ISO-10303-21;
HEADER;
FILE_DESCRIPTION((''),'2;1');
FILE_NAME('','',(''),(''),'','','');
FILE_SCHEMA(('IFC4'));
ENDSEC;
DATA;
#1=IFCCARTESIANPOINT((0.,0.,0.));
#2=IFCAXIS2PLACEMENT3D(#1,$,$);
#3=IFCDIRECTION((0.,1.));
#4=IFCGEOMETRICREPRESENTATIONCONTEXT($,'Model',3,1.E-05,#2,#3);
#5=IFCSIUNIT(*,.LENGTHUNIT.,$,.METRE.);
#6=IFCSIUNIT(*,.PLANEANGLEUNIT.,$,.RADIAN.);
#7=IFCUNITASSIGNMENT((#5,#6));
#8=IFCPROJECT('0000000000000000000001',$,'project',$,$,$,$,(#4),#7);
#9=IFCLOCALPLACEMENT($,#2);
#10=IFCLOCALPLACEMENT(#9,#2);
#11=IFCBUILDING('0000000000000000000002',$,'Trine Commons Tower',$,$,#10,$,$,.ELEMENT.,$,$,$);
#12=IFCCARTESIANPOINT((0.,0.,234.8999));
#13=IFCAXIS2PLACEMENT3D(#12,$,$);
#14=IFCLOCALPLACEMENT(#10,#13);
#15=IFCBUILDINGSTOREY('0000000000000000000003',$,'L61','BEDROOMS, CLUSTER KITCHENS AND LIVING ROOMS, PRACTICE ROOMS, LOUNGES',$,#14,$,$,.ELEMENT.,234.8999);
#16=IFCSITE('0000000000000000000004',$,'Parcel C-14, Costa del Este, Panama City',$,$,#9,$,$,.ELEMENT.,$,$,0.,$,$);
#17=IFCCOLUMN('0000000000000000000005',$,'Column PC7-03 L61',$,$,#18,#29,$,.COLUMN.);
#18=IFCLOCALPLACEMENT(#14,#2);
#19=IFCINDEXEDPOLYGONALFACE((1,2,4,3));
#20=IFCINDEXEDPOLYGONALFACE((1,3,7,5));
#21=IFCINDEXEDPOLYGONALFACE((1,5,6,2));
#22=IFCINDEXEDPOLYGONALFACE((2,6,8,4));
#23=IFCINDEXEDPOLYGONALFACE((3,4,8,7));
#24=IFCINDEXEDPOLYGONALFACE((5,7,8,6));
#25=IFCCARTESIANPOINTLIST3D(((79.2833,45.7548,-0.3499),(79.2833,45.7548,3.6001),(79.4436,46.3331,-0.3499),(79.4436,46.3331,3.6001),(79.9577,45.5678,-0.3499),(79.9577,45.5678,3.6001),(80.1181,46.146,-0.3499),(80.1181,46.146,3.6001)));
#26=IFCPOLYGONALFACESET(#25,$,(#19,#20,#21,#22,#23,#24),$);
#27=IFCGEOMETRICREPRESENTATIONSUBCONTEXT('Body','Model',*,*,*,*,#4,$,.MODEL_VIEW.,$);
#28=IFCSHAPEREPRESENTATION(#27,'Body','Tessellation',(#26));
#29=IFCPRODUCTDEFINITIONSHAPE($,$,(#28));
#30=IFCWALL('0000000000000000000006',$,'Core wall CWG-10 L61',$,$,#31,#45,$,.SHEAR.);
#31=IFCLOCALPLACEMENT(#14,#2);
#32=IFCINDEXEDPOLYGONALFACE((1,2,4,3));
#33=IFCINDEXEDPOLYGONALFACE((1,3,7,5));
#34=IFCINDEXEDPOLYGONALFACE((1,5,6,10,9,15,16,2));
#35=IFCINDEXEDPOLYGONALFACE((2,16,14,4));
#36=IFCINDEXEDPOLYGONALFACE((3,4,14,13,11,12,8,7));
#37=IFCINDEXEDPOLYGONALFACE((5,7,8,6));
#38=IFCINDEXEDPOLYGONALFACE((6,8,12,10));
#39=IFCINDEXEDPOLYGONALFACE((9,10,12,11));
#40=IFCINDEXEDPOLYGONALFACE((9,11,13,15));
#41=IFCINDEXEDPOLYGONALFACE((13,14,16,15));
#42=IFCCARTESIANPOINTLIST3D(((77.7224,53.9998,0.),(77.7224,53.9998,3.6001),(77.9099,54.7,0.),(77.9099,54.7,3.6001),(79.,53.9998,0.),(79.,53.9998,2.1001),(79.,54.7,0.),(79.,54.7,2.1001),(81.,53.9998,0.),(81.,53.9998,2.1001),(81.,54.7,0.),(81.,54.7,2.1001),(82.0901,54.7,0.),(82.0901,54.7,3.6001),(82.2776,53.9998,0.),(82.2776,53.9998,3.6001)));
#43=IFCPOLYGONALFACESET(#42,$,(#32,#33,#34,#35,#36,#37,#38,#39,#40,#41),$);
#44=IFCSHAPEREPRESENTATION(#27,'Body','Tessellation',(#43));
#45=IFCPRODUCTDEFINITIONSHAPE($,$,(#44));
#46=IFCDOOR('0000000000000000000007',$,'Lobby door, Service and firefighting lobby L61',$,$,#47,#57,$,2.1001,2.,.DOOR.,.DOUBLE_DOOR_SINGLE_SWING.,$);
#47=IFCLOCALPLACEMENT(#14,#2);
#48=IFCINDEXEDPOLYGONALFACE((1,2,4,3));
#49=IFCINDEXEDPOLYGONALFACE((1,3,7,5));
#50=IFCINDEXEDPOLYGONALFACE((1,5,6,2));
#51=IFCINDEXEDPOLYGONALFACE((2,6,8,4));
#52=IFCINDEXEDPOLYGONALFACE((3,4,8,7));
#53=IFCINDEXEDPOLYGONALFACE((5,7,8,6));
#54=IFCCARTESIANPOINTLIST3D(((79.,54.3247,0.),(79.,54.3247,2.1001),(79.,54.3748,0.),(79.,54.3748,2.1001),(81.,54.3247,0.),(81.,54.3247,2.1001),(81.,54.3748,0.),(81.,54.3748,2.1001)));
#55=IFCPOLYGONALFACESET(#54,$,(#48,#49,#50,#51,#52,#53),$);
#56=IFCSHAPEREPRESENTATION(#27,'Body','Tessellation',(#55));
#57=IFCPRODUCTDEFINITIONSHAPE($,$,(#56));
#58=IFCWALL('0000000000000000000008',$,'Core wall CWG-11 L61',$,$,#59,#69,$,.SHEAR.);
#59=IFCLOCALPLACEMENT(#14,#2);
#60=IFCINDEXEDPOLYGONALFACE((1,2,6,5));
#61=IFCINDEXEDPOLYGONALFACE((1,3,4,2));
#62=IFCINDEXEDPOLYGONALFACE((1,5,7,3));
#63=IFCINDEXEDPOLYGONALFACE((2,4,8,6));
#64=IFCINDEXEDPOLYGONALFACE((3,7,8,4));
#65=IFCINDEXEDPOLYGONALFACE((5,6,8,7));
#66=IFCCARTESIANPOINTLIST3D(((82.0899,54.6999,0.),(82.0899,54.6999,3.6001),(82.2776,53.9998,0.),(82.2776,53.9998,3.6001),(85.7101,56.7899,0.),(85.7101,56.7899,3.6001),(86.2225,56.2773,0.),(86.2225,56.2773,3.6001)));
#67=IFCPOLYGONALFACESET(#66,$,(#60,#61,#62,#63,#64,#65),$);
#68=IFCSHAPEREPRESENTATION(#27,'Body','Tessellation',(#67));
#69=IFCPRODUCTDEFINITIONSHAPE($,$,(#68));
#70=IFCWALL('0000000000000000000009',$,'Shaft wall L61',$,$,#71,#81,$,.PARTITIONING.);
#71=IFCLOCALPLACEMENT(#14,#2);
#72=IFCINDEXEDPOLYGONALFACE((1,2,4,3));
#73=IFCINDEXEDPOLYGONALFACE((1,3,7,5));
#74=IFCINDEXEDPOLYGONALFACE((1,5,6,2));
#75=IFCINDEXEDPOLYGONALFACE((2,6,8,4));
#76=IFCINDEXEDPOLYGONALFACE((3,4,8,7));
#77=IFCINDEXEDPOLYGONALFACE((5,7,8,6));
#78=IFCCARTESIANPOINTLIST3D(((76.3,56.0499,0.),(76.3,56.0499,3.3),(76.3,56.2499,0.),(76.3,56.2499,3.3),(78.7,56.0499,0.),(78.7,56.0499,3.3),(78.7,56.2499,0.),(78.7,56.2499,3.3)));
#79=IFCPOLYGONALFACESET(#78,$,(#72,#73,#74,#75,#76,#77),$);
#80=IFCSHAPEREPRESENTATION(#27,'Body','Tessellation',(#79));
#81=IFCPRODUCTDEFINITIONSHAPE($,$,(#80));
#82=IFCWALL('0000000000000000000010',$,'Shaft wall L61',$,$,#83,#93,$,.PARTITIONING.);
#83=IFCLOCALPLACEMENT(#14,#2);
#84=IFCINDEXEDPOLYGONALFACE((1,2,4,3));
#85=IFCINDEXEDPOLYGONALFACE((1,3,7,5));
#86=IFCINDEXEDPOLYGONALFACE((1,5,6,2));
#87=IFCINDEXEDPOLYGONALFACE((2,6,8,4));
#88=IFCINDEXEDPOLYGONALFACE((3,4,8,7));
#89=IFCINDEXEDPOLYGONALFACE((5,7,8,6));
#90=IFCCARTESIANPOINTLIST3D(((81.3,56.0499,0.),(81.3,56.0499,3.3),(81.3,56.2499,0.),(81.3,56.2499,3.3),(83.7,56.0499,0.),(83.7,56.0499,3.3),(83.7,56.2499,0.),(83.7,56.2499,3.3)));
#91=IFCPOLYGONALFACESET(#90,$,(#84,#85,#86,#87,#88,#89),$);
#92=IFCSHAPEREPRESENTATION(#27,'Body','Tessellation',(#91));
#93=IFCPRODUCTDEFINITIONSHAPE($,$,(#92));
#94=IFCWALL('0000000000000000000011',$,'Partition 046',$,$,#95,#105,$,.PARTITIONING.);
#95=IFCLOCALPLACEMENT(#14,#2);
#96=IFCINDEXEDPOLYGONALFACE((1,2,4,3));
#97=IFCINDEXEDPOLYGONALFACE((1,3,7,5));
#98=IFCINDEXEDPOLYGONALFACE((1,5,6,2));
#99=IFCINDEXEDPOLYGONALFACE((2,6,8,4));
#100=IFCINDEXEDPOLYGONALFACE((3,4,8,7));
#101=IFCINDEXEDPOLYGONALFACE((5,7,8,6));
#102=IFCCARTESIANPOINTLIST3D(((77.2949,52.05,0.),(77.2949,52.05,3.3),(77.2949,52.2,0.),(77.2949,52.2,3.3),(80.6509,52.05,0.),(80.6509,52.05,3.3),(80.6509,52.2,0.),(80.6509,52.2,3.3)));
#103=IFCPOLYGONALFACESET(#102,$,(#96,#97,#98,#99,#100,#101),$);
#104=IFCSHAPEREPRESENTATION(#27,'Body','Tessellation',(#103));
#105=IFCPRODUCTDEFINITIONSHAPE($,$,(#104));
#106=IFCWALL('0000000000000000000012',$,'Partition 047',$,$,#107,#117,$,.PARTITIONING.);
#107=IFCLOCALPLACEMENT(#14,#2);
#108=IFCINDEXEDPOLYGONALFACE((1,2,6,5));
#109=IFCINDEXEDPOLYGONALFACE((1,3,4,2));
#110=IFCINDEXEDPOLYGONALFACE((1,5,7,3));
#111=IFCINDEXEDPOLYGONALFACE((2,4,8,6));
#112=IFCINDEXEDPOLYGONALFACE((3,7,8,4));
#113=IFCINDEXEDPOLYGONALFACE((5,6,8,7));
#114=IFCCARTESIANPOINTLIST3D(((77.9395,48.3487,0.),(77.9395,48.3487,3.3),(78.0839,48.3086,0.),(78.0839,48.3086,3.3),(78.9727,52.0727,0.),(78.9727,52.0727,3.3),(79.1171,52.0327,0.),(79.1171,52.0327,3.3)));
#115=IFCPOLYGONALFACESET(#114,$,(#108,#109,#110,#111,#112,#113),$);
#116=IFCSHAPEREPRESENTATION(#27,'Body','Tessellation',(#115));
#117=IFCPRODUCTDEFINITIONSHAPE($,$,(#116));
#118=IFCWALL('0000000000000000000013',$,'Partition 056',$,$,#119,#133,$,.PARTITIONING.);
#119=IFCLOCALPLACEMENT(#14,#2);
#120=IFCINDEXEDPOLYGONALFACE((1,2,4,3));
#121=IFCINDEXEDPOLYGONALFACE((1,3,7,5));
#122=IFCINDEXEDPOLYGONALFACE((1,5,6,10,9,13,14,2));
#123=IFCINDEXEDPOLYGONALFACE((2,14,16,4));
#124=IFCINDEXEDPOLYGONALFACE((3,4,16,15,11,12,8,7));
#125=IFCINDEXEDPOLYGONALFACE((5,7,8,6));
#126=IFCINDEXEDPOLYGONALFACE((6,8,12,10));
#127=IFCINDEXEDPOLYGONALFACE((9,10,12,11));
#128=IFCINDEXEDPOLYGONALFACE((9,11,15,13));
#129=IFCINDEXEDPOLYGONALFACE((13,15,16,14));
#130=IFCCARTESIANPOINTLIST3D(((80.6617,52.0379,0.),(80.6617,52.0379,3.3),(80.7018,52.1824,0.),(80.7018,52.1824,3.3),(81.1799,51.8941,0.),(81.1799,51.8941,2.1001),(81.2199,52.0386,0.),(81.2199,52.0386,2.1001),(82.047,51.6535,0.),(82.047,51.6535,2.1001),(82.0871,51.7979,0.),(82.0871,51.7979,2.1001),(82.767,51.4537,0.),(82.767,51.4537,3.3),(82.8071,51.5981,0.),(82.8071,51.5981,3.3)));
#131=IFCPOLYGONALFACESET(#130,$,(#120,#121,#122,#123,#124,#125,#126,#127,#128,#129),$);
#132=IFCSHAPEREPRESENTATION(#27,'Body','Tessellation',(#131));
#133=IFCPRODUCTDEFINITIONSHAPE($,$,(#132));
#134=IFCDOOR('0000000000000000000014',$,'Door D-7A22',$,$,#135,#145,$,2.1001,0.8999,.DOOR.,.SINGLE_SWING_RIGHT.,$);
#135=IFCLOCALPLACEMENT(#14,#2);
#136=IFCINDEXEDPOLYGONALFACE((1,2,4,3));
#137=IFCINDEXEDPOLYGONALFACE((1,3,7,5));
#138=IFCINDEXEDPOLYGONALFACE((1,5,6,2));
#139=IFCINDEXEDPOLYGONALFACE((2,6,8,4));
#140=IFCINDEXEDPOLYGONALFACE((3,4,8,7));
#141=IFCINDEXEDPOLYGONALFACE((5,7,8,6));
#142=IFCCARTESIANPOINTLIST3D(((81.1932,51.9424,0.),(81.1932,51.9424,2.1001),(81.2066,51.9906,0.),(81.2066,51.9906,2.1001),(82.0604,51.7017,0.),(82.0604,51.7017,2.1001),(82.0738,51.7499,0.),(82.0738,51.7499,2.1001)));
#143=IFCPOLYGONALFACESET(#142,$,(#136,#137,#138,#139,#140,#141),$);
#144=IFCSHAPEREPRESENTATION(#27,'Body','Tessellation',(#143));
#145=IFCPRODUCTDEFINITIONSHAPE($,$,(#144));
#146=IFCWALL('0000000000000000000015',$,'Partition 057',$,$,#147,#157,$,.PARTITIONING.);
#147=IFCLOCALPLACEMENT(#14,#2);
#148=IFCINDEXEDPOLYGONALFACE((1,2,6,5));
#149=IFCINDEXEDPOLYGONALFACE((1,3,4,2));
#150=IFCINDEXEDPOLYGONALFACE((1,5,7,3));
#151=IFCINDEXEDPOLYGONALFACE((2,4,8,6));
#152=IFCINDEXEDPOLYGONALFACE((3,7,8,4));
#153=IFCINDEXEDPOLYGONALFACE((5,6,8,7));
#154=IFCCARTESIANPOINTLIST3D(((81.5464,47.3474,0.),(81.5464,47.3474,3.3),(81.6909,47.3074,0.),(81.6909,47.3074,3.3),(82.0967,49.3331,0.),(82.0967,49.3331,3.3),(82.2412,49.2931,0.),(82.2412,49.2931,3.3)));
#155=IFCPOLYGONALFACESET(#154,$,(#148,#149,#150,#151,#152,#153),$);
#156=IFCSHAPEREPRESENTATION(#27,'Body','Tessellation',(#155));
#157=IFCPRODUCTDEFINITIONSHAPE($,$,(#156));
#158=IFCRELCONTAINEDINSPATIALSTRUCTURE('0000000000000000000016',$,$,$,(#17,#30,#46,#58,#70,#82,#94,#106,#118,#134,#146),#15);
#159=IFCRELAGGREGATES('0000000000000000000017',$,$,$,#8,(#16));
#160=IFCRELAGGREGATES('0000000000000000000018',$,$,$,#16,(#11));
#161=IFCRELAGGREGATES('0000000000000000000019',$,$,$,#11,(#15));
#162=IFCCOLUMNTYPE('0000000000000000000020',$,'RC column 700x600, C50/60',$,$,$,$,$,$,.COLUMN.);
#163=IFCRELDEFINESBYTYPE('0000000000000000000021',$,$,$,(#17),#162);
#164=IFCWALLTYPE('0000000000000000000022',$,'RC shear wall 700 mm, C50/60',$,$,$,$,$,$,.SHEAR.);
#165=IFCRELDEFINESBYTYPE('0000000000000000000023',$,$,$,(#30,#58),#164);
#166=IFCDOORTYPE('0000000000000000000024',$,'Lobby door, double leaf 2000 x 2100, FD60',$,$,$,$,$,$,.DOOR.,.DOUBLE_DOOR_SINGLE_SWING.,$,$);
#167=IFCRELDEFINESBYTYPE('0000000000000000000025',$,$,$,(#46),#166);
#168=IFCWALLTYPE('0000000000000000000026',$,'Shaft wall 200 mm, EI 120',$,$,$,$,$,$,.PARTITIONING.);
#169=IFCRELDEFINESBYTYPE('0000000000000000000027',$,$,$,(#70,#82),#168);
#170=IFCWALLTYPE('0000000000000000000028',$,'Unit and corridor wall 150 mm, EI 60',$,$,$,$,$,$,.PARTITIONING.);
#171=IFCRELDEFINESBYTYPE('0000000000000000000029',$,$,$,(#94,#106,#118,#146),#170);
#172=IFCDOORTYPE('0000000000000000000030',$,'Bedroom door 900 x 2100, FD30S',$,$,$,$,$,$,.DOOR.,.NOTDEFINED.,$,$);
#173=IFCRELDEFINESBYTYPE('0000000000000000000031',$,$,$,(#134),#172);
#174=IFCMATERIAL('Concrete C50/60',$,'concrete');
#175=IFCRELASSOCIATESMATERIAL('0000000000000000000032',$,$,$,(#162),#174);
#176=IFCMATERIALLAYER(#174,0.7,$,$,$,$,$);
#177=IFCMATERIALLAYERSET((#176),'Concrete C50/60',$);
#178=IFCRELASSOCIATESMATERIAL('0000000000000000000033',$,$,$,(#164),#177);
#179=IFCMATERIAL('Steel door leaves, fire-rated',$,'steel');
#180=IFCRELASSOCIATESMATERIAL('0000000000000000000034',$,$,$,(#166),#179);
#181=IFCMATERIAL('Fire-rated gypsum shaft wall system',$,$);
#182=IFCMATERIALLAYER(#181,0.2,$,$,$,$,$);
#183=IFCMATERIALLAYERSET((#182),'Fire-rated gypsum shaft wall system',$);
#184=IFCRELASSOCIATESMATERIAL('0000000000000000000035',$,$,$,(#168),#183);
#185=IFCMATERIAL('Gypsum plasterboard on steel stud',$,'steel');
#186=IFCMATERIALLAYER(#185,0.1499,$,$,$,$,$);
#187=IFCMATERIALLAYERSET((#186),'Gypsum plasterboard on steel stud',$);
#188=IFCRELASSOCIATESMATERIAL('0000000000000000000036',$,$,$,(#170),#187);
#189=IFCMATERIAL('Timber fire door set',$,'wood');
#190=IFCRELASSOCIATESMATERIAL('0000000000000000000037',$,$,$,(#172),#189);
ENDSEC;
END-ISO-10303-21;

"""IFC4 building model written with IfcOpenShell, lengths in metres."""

from ifc_helpers import new_model, si_unit, direction, frame, frame_2d, origin, origin_2d, place, context, subcontext, project, spatial, polyline, rectangle, outline, extrude, material, layer, layer_set, material_profile, profile_set, type_object, element, fill, save


model = new_model("IFC4")

# Units and contexts
model_context = context("Model", 3, precision=1e-05, world=origin(), true_north=direction((0.0, 1.0)))
body_context = subcontext(model_context, "Body", "Model", "MODEL_VIEW")
ifc_project = project(units=[si_unit("LENGTHUNIT", "METRE"), si_unit("PLANEANGLEUNIT", "RADIAN")], contexts=[model_context])

# Site, building, storey
site_placement = place(None, origin())
site = spatial("IfcSite", under=ifc_project, at=site_placement, Name="Parcel C-14, Costa del Este, Panama City", CompositionType="ELEMENT", RefElevation=0.0)
building_placement = place(site_placement, origin())
building = spatial("IfcBuilding", under=site, at=building_placement, Name="Trine Commons Tower", CompositionType="ELEMENT")
storey_placement = place(building_placement, frame((0.0, 0.0, 234.8999)))
storey = spatial("IfcBuildingStorey", under=building, at=storey_placement, Name="L61", Description="BEDROOMS, CLUSTER KITCHENS AND LIVING ROOMS, PRACTICE ROOMS, LOUNGES", CompositionType="ELEMENT", Elevation=234.8999)

# Column
ifc_material_1 = material(Name="Concrete C50/60", Category="concrete")
ifc_material_profile = material_profile(ifc_material_1, rectangle(XDim=0.7, YDim=0.6001, at=origin_2d()), Name="RC 700x600")
ifc_profile_set = profile_set([ifc_material_profile], Name="Concrete C50/60")
column_type = type_object("IfcColumnType", Name="RC column 700x600, C50/60", PredefinedType="COLUMN", material=ifc_profile_set)
column_placement = place(storey_placement, frame((79.7007, 45.9504, -0.3499), z_axis=(0.0, 0.0, 1.0), x_axis=(-0.96363, 0.267238, 0.0)))
element("IfcColumn", 1, at=column_placement, inside=storey, type_object=column_type, Name="Column PC7-03 L61", PredefinedType="COLUMN", context=body_context, shape_type="SweptSolid", body=[
    extrude(rectangle(XDim=0.7, YDim=0.6001, at=origin_2d()), origin(), (0.0, 0.0, 1.0), 3.95),
])

# Wall, opening, door
ifc_layer_1 = layer(ifc_material_1, 0.7)
ifc_layer_set_1 = layer_set([ifc_layer_1], Name="Concrete C50/60")
wall_type_1 = type_object("IfcWallType", Name="RC shear wall 700 mm, C50/60", PredefinedType="SHEAR", material=ifc_layer_set_1)
wall_1_placement = place(storey_placement, frame((77.7224, 54.3499, 0.0), z_axis=(0.0, 0.0, 1.0), x_axis=(1.0, 0.0, 0.0)))
wall_1 = element("IfcWall", 2, at=wall_1_placement, inside=storey, type_object=wall_type_1, Name="Core wall CWG-10 L61", PredefinedType="SHEAR", context=body_context, shape_type="SweptSolid", body=[
    extrude(outline(polyline([(0.0, -0.3501), (4.5552, -0.3501), (4.3677, 0.3501), (0.1875, 0.3501), (0.0, -0.3501)])), origin(), (0.0, 0.0, 1.0), 3.6001),
])
opening_1_placement = place(wall_1_placement, frame((1.2776, 0.0, 0.0)))
opening_1 = element("IfcOpeningElement", 3, at=opening_1_placement, cuts=wall_1, PredefinedType="OPENING", context=body_context, shape_type="SweptSolid", body=[
    extrude(rectangle(XDim=2.0, YDim=2.1001, at=frame_2d((1.0, 1.05))), frame((0.0, 0.3599, 0.0), z_axis=(0.0, -1.0, 0.0), x_axis=(1.0, 0.0, 0.0)), (0.0, 0.0, 1.0), 0.72),
])
ifc_material_2 = material(Name="Steel door leaves, fire-rated", Category="steel")
door_type_1 = type_object("IfcDoorType", Name="Lobby door, double leaf 2000 x 2100, FD60", OperationType="DOUBLE_DOOR_SINGLE_SWING", PredefinedType="DOOR", material=ifc_material_2)
door_1_placement = place(opening_1_placement, origin())
door_1 = element("IfcDoor", 4, at=door_1_placement, inside=storey, type_object=door_type_1, Name="Lobby door, Service and firefighting lobby L61", OperationType="DOUBLE_DOOR_SINGLE_SWING", OverallHeight=2.1001, OverallWidth=2.0, PredefinedType="DOOR", context=body_context, shape_type="SweptSolid", body=[
    extrude(rectangle(XDim=2.0, YDim=2.1001, at=frame_2d((1.0, 1.05))), frame((0.0, 0.0249, 0.0), z_axis=(0.0, -1.0, 0.0), x_axis=(1.0, 0.0, 0.0)), (0.0, 0.0, 1.0), 0.05),
])
fill(opening_1, door_1)

# Walls
wall_2_placement = place(storey_placement, frame((82.1025, 54.303, 0.0), z_axis=(0.0, 0.0, 1.0), x_axis=(0.866035, 0.499984, 0.0)))
element("IfcWall", 5, at=wall_2_placement, inside=storey, type_object=wall_type_1, Name="Core wall CWG-11 L61", PredefinedType="SHEAR", context=body_context, shape_type="SweptSolid", body=[
    extrude(outline(polyline([(0.0, -0.3501), (4.5552, -0.3501), (4.3677, 0.3501), (0.1875, 0.3501), (0.0, -0.3501)])), origin(), (0.0, 0.0, 1.0), 3.6001),
])
ifc_material_3 = material(Name="Fire-rated gypsum shaft wall system")
ifc_layer_2 = layer(ifc_material_3, 0.2)
ifc_layer_set_2 = layer_set([ifc_layer_2], Name="Fire-rated gypsum shaft wall system")
wall_type_2 = type_object("IfcWallType", Name="Shaft wall 200 mm, EI 120", PredefinedType="PARTITIONING", material=ifc_layer_set_2)
for number, where, z_axis, x_axis, name in (
    (6, (78.7, 56.1499, 0.0), (0.0, 0.0, 1.0), (-1.0, 0.0, 0.0), "Shaft wall L61"),
    (7, (81.3, 56.1499, 0.0), (0.0, 0.0, 1.0), (1.0, 0.0, 0.0), "Shaft wall L61"),
):
    element("IfcWall", number, at=place(storey_placement, frame(where, z_axis=z_axis, x_axis=x_axis)), inside=storey, type_object=wall_type_2, Name=name, PredefinedType="PARTITIONING", context=body_context, shape_type="SweptSolid", body=[
        extrude(rectangle(XDim=2.3999, YDim=0.2, at=frame_2d((1.2, 0.0))), origin(), (0.0, 0.0, 1.0), 3.3),
    ])
ifc_material_4 = material(Name="Gypsum plasterboard on steel stud", Category="steel")
ifc_layer_3 = layer(ifc_material_4, 0.1499)
ifc_layer_set_3 = layer_set([ifc_layer_3], Name="Gypsum plasterboard on steel stud")
wall_type_3 = type_object("IfcWallType", Name="Unit and corridor wall 150 mm, EI 60", PredefinedType="PARTITIONING", material=ifc_layer_set_3)
wall_3_placement = place(storey_placement, frame((77.2949, 52.125, 0.0), z_axis=(0.0, 0.0, 1.0), x_axis=(1.0, 0.0, 0.0)))
element("IfcWall", 8, at=wall_3_placement, inside=storey, type_object=wall_type_3, Name="Partition 046", PredefinedType="PARTITIONING", context=body_context, shape_type="SweptSolid", body=[
    extrude(rectangle(XDim=3.356, YDim=0.1499, at=frame_2d((1.678, 0.0))), origin(), (0.0, 0.0, 1.0), 3.3),
])
wall_4_placement = place(storey_placement, frame((78.0117, 48.3286, 0.0), z_axis=(0.0, 0.0, 1.0), x_axis=(0.267338, 0.963603, 0.0)))
element("IfcWall", 9, at=wall_4_placement, inside=storey, type_object=wall_type_3, Name="Partition 047", PredefinedType="PARTITIONING", context=body_context, shape_type="SweptSolid", body=[
    extrude(rectangle(XDim=3.8647, YDim=0.1499, at=frame_2d((1.9324, 0.0))), origin(), (0.0, 0.0, 1.0), 3.3),
])

# Wall, opening, door
wall_5_placement = place(storey_placement, frame((80.6819, 52.1101, 0.0), z_axis=(0.0, 0.0, 1.0), x_axis=(0.963584, -0.267408, 0.0)))
wall_5 = element("IfcWall", 10, at=wall_5_placement, inside=storey, type_object=wall_type_3, Name="Partition 056", PredefinedType="PARTITIONING", context=body_context, shape_type="SweptSolid", body=[
    extrude(rectangle(XDim=2.1848, YDim=0.1499, at=frame_2d((1.0923, 0.0))), origin(), (0.0, 0.0, 1.0), 3.3),
])
opening_2_placement = place(wall_5_placement, frame((0.5376, 0.0, 0.0)))
opening_2 = element("IfcOpeningElement", 11, at=opening_2_placement, cuts=wall_5, PredefinedType="OPENING", context=body_context, shape_type="SweptSolid", body=[
    extrude(rectangle(XDim=0.8999, YDim=2.1001, at=frame_2d((0.45, 1.05))), frame((0.0, 0.085, 0.0), z_axis=(0.0, -1.0, 0.0), x_axis=(1.0, 0.0, 0.0)), (0.0, 0.0, 1.0), 0.1699),
])
ifc_material_5 = material(Name="Timber fire door set", Category="wood")
door_type_2 = type_object("IfcDoorType", Name="Bedroom door 900 x 2100, FD30S", OperationType="NOTDEFINED", PredefinedType="DOOR", material=ifc_material_5)
door_2_placement = place(opening_2_placement, frame((0.8999, 0.0, 0.0), z_axis=(0.0, 0.0, 1.0), x_axis=(-1.0, 0.0, 0.0)))
door_2 = element("IfcDoor", 12, at=door_2_placement, inside=storey, type_object=door_type_2, Name="Door D-7A22", OperationType="SINGLE_SWING_RIGHT", OverallHeight=2.1001, OverallWidth=0.8999, PredefinedType="DOOR", context=body_context, shape_type="SweptSolid", body=[
    extrude(rectangle(XDim=0.8999, YDim=2.1001, at=frame_2d((0.45, 1.05))), frame((0.0, 0.0249, 0.0), z_axis=(0.0, -1.0, 0.0), x_axis=(1.0, 0.0, 0.0)), (0.0, 0.0, 1.0), 0.05),
])
fill(opening_2, door_2)

# Wall
wall_6_placement = place(storey_placement, frame((81.6187, 47.3274, 0.0), z_axis=(0.0, 0.0, 1.0), x_axis=(0.267075, 0.963676, 0.0)))
element("IfcWall", 13, at=wall_6_placement, inside=storey, type_object=wall_type_3, Name="Partition 057", PredefinedType="PARTITIONING", context=body_context, shape_type="SweptSolid", body=[
    extrude(rectangle(XDim=2.0605, YDim=0.1499, at=frame_2d((1.0303, 0.0))), origin(), (0.0, 0.0, 1.0), 3.3),
])

save(model, "model.ifc")
